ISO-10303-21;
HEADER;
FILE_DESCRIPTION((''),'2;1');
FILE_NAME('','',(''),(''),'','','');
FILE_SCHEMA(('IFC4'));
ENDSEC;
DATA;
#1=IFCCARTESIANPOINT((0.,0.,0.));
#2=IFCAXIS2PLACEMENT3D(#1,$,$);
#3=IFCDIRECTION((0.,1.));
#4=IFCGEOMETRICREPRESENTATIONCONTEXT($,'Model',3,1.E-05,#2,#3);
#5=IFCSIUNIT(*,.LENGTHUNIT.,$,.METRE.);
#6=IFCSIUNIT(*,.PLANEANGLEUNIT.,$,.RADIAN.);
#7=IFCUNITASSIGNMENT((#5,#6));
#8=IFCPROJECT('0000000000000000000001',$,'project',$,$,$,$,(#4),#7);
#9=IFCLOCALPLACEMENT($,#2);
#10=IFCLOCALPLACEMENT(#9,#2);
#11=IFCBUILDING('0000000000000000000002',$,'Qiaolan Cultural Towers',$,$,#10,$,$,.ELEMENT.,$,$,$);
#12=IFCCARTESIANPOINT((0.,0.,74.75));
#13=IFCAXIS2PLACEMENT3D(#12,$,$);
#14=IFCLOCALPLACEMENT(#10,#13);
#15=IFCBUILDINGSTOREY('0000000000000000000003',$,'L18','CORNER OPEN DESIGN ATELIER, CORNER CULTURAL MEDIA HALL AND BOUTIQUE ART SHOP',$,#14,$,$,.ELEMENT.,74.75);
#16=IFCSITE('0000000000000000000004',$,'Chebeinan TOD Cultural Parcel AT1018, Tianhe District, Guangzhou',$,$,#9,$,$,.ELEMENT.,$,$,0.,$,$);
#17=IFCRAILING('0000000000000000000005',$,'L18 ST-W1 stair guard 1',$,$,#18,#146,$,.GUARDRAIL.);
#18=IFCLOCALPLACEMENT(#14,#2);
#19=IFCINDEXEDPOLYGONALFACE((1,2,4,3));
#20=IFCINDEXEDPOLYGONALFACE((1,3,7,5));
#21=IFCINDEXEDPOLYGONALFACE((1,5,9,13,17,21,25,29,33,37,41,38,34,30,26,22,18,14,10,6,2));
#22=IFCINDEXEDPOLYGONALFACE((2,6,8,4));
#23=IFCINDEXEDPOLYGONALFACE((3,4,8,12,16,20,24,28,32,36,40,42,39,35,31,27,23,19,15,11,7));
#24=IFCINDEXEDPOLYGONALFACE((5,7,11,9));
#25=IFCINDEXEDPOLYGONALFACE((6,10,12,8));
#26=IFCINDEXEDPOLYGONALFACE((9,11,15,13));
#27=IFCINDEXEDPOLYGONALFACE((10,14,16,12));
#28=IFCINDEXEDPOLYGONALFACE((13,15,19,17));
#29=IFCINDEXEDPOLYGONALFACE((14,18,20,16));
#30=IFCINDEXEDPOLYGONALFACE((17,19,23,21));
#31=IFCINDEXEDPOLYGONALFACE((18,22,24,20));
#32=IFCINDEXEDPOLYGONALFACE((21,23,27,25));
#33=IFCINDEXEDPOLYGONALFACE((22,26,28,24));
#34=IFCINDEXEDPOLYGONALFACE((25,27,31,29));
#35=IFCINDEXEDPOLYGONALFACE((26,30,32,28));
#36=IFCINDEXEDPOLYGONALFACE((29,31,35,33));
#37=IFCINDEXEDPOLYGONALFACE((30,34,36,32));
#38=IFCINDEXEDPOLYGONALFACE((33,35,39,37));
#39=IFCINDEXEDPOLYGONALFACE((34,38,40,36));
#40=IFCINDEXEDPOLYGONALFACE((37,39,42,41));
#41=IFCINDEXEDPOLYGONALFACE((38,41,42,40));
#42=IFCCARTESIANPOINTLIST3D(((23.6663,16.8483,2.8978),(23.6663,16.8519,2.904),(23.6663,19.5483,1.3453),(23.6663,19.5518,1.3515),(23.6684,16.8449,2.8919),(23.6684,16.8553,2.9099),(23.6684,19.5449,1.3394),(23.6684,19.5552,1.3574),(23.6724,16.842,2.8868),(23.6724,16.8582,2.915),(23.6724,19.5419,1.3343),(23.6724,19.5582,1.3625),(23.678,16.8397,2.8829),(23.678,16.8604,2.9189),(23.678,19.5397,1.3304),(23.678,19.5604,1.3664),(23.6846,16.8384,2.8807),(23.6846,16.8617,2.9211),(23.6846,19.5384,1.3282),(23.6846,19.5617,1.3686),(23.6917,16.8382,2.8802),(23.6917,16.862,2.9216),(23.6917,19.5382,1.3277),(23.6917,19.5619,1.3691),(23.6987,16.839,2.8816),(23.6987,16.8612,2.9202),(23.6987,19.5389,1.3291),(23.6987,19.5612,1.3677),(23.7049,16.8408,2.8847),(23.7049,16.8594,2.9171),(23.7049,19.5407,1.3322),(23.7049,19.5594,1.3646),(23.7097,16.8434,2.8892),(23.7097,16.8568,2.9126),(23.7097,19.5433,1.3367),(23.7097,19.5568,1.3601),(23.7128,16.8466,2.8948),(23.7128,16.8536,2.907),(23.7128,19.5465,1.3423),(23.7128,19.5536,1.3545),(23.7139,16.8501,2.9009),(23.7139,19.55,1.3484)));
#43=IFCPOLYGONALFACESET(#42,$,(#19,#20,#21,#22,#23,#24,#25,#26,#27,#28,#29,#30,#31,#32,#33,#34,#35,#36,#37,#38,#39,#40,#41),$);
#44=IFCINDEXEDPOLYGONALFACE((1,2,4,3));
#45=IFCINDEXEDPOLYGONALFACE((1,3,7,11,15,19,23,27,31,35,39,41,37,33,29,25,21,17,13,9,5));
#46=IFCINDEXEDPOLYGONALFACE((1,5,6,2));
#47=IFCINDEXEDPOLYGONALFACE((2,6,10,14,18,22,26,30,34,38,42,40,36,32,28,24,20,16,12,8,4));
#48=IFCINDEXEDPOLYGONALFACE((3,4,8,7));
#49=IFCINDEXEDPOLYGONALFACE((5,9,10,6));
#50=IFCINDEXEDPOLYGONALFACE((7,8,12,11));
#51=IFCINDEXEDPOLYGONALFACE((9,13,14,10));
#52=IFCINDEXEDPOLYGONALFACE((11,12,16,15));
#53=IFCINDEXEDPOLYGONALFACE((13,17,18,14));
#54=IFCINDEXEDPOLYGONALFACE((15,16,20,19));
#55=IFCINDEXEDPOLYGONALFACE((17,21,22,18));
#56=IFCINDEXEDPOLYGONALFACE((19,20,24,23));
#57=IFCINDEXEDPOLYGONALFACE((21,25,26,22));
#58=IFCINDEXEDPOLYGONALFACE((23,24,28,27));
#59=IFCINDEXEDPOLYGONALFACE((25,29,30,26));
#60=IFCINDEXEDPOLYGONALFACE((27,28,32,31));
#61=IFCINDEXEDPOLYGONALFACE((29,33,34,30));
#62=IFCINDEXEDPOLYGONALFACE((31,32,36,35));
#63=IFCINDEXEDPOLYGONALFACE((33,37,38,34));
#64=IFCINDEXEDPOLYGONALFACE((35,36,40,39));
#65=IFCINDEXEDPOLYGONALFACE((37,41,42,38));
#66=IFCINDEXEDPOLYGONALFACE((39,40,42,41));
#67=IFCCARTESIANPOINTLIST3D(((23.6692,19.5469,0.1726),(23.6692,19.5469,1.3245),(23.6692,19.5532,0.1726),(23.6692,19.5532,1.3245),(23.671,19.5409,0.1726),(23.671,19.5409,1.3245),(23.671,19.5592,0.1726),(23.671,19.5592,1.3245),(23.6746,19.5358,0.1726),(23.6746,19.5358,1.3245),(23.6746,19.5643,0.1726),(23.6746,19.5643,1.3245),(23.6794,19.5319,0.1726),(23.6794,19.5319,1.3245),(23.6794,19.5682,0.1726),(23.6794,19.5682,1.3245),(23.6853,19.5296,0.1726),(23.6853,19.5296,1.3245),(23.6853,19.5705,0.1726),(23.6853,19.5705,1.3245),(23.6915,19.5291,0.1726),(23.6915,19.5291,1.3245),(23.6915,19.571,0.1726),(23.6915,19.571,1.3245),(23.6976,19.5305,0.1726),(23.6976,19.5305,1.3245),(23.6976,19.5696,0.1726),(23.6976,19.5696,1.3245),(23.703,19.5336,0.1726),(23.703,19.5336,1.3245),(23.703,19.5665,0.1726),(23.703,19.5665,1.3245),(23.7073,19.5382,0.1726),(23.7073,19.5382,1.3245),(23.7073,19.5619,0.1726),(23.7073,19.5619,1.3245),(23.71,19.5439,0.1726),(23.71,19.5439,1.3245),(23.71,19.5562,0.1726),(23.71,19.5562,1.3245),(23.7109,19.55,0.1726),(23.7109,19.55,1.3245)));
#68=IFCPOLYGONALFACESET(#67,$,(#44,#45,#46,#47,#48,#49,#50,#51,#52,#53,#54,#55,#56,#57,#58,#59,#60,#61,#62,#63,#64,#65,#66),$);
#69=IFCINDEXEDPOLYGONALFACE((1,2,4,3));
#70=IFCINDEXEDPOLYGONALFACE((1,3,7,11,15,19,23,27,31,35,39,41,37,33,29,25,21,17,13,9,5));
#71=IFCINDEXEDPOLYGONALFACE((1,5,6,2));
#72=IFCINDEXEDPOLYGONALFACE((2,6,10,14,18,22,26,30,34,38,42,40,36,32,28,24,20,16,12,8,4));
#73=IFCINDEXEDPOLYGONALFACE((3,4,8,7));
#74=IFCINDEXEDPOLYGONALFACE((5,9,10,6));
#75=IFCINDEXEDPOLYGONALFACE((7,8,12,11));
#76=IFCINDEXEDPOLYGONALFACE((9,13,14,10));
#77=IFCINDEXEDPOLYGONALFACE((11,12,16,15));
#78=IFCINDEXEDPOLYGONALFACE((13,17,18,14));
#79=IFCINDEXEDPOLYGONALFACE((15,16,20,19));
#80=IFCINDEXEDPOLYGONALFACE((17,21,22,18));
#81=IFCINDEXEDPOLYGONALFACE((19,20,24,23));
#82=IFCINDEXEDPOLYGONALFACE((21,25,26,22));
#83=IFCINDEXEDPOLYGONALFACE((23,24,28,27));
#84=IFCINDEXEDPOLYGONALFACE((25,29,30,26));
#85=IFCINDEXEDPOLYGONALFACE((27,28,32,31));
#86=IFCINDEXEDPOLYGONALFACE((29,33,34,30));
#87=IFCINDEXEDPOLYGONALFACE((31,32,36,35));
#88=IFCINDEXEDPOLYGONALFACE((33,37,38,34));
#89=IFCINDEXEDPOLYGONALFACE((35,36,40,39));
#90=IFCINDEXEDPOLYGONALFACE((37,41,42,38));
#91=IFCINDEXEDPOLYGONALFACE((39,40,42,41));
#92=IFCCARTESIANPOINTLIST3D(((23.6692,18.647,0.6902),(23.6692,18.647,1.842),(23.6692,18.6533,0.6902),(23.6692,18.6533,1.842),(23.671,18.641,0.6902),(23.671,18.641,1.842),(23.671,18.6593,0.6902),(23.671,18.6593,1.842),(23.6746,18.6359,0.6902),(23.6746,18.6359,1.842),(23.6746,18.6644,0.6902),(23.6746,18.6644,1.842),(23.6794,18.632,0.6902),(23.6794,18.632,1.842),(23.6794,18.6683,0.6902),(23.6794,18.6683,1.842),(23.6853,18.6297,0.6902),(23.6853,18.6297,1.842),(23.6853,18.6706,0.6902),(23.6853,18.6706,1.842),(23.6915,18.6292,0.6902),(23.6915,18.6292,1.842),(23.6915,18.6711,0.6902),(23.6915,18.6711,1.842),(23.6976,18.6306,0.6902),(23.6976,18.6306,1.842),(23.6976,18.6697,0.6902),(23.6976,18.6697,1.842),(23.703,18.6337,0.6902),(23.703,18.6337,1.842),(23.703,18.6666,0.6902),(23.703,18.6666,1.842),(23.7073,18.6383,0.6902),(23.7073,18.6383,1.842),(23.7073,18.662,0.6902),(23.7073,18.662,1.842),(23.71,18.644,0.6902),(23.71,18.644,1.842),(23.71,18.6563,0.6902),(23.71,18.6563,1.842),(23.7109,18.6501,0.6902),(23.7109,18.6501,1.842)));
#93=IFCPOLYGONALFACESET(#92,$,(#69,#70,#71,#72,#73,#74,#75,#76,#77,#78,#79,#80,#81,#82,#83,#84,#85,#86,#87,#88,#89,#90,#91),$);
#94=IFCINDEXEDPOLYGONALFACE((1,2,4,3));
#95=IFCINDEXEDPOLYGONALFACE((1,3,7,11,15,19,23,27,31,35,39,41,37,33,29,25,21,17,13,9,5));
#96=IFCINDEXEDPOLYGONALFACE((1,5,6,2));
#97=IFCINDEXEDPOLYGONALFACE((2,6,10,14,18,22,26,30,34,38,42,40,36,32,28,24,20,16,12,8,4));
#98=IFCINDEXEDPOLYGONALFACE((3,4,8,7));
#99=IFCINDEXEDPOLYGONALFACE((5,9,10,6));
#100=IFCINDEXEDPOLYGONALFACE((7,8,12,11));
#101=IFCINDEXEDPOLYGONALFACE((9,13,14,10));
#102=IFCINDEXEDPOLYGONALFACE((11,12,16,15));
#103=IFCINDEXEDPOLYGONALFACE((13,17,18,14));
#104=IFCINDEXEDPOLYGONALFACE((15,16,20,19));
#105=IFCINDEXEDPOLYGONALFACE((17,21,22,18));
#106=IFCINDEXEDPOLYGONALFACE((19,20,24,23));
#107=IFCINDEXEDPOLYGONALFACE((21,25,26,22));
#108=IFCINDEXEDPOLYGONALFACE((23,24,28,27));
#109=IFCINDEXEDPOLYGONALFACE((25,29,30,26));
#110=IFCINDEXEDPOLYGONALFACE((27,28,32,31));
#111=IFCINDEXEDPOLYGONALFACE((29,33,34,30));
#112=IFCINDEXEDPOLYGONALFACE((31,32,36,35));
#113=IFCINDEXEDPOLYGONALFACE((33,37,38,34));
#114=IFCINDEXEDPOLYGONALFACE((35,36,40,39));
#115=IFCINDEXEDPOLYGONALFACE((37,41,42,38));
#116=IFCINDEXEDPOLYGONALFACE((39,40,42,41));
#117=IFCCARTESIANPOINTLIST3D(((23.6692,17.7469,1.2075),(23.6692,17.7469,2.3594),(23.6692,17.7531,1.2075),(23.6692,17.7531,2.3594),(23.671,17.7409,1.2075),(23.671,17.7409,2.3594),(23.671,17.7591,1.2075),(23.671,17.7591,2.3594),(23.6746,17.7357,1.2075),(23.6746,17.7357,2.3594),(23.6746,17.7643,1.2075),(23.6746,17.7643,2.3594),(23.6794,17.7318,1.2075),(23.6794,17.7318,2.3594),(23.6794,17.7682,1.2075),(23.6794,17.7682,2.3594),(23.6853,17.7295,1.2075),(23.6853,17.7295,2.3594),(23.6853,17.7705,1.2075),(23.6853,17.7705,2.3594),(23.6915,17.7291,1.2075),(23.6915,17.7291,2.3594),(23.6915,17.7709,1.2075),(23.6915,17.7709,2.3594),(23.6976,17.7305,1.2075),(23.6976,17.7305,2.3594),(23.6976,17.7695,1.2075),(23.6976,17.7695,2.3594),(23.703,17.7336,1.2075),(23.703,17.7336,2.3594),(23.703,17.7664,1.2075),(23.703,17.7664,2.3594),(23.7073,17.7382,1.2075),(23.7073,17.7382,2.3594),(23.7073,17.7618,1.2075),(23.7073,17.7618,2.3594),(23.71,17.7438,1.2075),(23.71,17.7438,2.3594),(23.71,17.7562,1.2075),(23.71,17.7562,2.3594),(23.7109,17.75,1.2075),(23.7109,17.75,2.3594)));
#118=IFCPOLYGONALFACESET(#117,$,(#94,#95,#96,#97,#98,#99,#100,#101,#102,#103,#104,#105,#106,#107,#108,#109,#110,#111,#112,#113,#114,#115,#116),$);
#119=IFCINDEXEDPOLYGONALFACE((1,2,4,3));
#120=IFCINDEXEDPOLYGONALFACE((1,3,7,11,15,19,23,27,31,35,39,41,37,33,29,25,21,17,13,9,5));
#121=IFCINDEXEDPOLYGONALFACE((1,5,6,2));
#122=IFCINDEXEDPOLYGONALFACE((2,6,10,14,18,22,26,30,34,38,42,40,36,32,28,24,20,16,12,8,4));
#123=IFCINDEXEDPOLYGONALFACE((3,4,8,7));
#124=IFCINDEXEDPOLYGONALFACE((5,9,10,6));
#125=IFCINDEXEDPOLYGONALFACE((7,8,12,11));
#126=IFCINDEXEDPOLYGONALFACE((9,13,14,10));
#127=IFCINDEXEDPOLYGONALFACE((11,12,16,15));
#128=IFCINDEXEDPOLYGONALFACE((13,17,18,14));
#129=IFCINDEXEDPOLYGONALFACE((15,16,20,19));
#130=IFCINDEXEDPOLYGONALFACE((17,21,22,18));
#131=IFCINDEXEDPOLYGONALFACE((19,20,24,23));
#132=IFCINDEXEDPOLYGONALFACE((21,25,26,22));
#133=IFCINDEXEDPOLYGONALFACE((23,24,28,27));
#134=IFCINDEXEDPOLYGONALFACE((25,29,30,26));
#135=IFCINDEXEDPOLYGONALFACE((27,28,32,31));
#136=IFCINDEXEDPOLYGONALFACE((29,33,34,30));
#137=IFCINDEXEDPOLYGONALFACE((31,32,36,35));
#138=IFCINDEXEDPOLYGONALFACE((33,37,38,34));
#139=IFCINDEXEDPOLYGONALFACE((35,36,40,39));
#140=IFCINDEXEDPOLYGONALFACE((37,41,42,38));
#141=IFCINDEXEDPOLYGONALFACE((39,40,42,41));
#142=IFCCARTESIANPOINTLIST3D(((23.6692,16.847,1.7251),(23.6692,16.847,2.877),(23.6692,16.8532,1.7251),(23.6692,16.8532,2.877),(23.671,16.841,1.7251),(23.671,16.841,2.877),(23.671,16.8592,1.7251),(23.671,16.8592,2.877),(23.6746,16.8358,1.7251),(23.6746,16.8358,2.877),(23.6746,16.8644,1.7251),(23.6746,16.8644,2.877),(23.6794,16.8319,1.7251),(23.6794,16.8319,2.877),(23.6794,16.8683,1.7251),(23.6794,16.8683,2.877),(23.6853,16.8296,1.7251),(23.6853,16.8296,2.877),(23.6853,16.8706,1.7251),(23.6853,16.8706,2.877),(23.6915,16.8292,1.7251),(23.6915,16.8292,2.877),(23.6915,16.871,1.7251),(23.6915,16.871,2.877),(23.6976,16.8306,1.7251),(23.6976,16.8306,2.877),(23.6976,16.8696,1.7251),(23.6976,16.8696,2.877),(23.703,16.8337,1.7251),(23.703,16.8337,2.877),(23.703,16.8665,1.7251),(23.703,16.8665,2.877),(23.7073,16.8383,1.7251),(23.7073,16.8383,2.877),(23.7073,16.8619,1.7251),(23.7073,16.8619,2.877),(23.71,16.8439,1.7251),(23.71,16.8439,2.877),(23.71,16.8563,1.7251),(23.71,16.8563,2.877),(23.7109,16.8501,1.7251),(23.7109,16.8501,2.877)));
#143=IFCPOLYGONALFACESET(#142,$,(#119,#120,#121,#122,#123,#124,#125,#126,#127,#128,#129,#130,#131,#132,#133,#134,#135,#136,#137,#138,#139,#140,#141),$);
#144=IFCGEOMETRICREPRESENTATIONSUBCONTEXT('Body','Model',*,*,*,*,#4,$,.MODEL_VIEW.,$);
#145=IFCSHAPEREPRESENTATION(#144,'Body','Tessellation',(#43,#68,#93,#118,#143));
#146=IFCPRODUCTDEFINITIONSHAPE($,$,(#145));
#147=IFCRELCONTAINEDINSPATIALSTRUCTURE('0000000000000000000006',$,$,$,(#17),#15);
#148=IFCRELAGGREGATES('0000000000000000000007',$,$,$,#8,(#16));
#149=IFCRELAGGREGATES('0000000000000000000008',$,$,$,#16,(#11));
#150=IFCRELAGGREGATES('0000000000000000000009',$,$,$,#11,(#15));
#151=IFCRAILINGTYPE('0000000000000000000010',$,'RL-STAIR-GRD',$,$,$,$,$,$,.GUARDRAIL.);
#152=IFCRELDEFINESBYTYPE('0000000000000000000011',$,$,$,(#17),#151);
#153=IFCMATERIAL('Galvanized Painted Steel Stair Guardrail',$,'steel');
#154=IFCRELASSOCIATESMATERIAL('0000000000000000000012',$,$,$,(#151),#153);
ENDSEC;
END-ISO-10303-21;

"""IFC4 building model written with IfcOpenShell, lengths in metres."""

from ifc_helpers import new_model, si_unit, direction, frame, origin, origin_2d, place, context, subcontext, project, spatial, circle, extrude, material, type_object, element, save


model = new_model("IFC4")

# Units and contexts
model_context = context("Model", 3, precision=1e-05, world=origin(), true_north=direction((0.0, 1.0)))
body_context = subcontext(model_context, "Body", "Model", "MODEL_VIEW")
ifc_project = project(units=[si_unit("LENGTHUNIT", "METRE"), si_unit("PLANEANGLEUNIT", "RADIAN")], contexts=[model_context])

# Site, building, storey
site_placement = place(None, origin())
site = spatial("IfcSite", under=ifc_project, at=site_placement, Name="Chebeinan TOD Cultural Parcel AT1018, Tianhe District, Guangzhou", CompositionType="ELEMENT", RefElevation=0.0)
building_placement = place(site_placement, origin())
building = spatial("IfcBuilding", under=site, at=building_placement, Name="Qiaolan Cultural Towers", CompositionType="ELEMENT")
storey_placement = place(building_placement, frame((0.0, 0.0, 74.75)))
storey = spatial("IfcBuildingStorey", under=building, at=storey_placement, Name="L18", Description="CORNER OPEN DESIGN ATELIER, CORNER CULTURAL MEDIA HALL AND BOUTIQUE ART SHOP", CompositionType="ELEMENT", Elevation=74.75)

# Railing
ifc_material_1 = material(Name="Galvanized Painted Steel Stair Guardrail", Category="steel")
railing_type_1 = type_object("IfcRailingType", Name="RL-STAIR-GRD", PredefinedType="GUARDRAIL", material=ifc_material_1)
railing_1_placement = place(storey_placement, frame((23.6899, 19.55, 0.1726)))
element("IfcRailing", 1, at=railing_1_placement, inside=storey, type_object=railing_type_1, Name="L18 ST-W1 stair guard 1", PredefinedType="GUARDRAIL", context=body_context, shape_type="SweptSolid", body=[
    extrude(circle(Radius=0.0239, at=origin_2d()), frame((0.0, 0.0, 1.1758), z_axis=(0.0, -0.866904, 0.498476), x_axis=(1.0, 0.0, 0.0)), (0.0, 0.0, 1.0), 3.1145),
    extrude(circle(Radius=0.021, at=origin_2d()), origin(), (0.0, 0.0, 1.0), 1.1519),
    extrude(circle(Radius=0.021, at=origin_2d()), frame((0.0, -0.8999, 0.5176)), (0.0, 0.0, 1.0), 1.1519),
    extrude(circle(Radius=0.021, at=origin_2d()), frame((0.0, -1.8, 1.0349)), (0.0, 0.0, 1.0), 1.1519),
    extrude(circle(Radius=0.021, at=origin_2d()), frame((0.0, -2.7, 1.5525)), (0.0, 0.0, 1.0), 1.1519),
])

save(model, "model.ifc")
